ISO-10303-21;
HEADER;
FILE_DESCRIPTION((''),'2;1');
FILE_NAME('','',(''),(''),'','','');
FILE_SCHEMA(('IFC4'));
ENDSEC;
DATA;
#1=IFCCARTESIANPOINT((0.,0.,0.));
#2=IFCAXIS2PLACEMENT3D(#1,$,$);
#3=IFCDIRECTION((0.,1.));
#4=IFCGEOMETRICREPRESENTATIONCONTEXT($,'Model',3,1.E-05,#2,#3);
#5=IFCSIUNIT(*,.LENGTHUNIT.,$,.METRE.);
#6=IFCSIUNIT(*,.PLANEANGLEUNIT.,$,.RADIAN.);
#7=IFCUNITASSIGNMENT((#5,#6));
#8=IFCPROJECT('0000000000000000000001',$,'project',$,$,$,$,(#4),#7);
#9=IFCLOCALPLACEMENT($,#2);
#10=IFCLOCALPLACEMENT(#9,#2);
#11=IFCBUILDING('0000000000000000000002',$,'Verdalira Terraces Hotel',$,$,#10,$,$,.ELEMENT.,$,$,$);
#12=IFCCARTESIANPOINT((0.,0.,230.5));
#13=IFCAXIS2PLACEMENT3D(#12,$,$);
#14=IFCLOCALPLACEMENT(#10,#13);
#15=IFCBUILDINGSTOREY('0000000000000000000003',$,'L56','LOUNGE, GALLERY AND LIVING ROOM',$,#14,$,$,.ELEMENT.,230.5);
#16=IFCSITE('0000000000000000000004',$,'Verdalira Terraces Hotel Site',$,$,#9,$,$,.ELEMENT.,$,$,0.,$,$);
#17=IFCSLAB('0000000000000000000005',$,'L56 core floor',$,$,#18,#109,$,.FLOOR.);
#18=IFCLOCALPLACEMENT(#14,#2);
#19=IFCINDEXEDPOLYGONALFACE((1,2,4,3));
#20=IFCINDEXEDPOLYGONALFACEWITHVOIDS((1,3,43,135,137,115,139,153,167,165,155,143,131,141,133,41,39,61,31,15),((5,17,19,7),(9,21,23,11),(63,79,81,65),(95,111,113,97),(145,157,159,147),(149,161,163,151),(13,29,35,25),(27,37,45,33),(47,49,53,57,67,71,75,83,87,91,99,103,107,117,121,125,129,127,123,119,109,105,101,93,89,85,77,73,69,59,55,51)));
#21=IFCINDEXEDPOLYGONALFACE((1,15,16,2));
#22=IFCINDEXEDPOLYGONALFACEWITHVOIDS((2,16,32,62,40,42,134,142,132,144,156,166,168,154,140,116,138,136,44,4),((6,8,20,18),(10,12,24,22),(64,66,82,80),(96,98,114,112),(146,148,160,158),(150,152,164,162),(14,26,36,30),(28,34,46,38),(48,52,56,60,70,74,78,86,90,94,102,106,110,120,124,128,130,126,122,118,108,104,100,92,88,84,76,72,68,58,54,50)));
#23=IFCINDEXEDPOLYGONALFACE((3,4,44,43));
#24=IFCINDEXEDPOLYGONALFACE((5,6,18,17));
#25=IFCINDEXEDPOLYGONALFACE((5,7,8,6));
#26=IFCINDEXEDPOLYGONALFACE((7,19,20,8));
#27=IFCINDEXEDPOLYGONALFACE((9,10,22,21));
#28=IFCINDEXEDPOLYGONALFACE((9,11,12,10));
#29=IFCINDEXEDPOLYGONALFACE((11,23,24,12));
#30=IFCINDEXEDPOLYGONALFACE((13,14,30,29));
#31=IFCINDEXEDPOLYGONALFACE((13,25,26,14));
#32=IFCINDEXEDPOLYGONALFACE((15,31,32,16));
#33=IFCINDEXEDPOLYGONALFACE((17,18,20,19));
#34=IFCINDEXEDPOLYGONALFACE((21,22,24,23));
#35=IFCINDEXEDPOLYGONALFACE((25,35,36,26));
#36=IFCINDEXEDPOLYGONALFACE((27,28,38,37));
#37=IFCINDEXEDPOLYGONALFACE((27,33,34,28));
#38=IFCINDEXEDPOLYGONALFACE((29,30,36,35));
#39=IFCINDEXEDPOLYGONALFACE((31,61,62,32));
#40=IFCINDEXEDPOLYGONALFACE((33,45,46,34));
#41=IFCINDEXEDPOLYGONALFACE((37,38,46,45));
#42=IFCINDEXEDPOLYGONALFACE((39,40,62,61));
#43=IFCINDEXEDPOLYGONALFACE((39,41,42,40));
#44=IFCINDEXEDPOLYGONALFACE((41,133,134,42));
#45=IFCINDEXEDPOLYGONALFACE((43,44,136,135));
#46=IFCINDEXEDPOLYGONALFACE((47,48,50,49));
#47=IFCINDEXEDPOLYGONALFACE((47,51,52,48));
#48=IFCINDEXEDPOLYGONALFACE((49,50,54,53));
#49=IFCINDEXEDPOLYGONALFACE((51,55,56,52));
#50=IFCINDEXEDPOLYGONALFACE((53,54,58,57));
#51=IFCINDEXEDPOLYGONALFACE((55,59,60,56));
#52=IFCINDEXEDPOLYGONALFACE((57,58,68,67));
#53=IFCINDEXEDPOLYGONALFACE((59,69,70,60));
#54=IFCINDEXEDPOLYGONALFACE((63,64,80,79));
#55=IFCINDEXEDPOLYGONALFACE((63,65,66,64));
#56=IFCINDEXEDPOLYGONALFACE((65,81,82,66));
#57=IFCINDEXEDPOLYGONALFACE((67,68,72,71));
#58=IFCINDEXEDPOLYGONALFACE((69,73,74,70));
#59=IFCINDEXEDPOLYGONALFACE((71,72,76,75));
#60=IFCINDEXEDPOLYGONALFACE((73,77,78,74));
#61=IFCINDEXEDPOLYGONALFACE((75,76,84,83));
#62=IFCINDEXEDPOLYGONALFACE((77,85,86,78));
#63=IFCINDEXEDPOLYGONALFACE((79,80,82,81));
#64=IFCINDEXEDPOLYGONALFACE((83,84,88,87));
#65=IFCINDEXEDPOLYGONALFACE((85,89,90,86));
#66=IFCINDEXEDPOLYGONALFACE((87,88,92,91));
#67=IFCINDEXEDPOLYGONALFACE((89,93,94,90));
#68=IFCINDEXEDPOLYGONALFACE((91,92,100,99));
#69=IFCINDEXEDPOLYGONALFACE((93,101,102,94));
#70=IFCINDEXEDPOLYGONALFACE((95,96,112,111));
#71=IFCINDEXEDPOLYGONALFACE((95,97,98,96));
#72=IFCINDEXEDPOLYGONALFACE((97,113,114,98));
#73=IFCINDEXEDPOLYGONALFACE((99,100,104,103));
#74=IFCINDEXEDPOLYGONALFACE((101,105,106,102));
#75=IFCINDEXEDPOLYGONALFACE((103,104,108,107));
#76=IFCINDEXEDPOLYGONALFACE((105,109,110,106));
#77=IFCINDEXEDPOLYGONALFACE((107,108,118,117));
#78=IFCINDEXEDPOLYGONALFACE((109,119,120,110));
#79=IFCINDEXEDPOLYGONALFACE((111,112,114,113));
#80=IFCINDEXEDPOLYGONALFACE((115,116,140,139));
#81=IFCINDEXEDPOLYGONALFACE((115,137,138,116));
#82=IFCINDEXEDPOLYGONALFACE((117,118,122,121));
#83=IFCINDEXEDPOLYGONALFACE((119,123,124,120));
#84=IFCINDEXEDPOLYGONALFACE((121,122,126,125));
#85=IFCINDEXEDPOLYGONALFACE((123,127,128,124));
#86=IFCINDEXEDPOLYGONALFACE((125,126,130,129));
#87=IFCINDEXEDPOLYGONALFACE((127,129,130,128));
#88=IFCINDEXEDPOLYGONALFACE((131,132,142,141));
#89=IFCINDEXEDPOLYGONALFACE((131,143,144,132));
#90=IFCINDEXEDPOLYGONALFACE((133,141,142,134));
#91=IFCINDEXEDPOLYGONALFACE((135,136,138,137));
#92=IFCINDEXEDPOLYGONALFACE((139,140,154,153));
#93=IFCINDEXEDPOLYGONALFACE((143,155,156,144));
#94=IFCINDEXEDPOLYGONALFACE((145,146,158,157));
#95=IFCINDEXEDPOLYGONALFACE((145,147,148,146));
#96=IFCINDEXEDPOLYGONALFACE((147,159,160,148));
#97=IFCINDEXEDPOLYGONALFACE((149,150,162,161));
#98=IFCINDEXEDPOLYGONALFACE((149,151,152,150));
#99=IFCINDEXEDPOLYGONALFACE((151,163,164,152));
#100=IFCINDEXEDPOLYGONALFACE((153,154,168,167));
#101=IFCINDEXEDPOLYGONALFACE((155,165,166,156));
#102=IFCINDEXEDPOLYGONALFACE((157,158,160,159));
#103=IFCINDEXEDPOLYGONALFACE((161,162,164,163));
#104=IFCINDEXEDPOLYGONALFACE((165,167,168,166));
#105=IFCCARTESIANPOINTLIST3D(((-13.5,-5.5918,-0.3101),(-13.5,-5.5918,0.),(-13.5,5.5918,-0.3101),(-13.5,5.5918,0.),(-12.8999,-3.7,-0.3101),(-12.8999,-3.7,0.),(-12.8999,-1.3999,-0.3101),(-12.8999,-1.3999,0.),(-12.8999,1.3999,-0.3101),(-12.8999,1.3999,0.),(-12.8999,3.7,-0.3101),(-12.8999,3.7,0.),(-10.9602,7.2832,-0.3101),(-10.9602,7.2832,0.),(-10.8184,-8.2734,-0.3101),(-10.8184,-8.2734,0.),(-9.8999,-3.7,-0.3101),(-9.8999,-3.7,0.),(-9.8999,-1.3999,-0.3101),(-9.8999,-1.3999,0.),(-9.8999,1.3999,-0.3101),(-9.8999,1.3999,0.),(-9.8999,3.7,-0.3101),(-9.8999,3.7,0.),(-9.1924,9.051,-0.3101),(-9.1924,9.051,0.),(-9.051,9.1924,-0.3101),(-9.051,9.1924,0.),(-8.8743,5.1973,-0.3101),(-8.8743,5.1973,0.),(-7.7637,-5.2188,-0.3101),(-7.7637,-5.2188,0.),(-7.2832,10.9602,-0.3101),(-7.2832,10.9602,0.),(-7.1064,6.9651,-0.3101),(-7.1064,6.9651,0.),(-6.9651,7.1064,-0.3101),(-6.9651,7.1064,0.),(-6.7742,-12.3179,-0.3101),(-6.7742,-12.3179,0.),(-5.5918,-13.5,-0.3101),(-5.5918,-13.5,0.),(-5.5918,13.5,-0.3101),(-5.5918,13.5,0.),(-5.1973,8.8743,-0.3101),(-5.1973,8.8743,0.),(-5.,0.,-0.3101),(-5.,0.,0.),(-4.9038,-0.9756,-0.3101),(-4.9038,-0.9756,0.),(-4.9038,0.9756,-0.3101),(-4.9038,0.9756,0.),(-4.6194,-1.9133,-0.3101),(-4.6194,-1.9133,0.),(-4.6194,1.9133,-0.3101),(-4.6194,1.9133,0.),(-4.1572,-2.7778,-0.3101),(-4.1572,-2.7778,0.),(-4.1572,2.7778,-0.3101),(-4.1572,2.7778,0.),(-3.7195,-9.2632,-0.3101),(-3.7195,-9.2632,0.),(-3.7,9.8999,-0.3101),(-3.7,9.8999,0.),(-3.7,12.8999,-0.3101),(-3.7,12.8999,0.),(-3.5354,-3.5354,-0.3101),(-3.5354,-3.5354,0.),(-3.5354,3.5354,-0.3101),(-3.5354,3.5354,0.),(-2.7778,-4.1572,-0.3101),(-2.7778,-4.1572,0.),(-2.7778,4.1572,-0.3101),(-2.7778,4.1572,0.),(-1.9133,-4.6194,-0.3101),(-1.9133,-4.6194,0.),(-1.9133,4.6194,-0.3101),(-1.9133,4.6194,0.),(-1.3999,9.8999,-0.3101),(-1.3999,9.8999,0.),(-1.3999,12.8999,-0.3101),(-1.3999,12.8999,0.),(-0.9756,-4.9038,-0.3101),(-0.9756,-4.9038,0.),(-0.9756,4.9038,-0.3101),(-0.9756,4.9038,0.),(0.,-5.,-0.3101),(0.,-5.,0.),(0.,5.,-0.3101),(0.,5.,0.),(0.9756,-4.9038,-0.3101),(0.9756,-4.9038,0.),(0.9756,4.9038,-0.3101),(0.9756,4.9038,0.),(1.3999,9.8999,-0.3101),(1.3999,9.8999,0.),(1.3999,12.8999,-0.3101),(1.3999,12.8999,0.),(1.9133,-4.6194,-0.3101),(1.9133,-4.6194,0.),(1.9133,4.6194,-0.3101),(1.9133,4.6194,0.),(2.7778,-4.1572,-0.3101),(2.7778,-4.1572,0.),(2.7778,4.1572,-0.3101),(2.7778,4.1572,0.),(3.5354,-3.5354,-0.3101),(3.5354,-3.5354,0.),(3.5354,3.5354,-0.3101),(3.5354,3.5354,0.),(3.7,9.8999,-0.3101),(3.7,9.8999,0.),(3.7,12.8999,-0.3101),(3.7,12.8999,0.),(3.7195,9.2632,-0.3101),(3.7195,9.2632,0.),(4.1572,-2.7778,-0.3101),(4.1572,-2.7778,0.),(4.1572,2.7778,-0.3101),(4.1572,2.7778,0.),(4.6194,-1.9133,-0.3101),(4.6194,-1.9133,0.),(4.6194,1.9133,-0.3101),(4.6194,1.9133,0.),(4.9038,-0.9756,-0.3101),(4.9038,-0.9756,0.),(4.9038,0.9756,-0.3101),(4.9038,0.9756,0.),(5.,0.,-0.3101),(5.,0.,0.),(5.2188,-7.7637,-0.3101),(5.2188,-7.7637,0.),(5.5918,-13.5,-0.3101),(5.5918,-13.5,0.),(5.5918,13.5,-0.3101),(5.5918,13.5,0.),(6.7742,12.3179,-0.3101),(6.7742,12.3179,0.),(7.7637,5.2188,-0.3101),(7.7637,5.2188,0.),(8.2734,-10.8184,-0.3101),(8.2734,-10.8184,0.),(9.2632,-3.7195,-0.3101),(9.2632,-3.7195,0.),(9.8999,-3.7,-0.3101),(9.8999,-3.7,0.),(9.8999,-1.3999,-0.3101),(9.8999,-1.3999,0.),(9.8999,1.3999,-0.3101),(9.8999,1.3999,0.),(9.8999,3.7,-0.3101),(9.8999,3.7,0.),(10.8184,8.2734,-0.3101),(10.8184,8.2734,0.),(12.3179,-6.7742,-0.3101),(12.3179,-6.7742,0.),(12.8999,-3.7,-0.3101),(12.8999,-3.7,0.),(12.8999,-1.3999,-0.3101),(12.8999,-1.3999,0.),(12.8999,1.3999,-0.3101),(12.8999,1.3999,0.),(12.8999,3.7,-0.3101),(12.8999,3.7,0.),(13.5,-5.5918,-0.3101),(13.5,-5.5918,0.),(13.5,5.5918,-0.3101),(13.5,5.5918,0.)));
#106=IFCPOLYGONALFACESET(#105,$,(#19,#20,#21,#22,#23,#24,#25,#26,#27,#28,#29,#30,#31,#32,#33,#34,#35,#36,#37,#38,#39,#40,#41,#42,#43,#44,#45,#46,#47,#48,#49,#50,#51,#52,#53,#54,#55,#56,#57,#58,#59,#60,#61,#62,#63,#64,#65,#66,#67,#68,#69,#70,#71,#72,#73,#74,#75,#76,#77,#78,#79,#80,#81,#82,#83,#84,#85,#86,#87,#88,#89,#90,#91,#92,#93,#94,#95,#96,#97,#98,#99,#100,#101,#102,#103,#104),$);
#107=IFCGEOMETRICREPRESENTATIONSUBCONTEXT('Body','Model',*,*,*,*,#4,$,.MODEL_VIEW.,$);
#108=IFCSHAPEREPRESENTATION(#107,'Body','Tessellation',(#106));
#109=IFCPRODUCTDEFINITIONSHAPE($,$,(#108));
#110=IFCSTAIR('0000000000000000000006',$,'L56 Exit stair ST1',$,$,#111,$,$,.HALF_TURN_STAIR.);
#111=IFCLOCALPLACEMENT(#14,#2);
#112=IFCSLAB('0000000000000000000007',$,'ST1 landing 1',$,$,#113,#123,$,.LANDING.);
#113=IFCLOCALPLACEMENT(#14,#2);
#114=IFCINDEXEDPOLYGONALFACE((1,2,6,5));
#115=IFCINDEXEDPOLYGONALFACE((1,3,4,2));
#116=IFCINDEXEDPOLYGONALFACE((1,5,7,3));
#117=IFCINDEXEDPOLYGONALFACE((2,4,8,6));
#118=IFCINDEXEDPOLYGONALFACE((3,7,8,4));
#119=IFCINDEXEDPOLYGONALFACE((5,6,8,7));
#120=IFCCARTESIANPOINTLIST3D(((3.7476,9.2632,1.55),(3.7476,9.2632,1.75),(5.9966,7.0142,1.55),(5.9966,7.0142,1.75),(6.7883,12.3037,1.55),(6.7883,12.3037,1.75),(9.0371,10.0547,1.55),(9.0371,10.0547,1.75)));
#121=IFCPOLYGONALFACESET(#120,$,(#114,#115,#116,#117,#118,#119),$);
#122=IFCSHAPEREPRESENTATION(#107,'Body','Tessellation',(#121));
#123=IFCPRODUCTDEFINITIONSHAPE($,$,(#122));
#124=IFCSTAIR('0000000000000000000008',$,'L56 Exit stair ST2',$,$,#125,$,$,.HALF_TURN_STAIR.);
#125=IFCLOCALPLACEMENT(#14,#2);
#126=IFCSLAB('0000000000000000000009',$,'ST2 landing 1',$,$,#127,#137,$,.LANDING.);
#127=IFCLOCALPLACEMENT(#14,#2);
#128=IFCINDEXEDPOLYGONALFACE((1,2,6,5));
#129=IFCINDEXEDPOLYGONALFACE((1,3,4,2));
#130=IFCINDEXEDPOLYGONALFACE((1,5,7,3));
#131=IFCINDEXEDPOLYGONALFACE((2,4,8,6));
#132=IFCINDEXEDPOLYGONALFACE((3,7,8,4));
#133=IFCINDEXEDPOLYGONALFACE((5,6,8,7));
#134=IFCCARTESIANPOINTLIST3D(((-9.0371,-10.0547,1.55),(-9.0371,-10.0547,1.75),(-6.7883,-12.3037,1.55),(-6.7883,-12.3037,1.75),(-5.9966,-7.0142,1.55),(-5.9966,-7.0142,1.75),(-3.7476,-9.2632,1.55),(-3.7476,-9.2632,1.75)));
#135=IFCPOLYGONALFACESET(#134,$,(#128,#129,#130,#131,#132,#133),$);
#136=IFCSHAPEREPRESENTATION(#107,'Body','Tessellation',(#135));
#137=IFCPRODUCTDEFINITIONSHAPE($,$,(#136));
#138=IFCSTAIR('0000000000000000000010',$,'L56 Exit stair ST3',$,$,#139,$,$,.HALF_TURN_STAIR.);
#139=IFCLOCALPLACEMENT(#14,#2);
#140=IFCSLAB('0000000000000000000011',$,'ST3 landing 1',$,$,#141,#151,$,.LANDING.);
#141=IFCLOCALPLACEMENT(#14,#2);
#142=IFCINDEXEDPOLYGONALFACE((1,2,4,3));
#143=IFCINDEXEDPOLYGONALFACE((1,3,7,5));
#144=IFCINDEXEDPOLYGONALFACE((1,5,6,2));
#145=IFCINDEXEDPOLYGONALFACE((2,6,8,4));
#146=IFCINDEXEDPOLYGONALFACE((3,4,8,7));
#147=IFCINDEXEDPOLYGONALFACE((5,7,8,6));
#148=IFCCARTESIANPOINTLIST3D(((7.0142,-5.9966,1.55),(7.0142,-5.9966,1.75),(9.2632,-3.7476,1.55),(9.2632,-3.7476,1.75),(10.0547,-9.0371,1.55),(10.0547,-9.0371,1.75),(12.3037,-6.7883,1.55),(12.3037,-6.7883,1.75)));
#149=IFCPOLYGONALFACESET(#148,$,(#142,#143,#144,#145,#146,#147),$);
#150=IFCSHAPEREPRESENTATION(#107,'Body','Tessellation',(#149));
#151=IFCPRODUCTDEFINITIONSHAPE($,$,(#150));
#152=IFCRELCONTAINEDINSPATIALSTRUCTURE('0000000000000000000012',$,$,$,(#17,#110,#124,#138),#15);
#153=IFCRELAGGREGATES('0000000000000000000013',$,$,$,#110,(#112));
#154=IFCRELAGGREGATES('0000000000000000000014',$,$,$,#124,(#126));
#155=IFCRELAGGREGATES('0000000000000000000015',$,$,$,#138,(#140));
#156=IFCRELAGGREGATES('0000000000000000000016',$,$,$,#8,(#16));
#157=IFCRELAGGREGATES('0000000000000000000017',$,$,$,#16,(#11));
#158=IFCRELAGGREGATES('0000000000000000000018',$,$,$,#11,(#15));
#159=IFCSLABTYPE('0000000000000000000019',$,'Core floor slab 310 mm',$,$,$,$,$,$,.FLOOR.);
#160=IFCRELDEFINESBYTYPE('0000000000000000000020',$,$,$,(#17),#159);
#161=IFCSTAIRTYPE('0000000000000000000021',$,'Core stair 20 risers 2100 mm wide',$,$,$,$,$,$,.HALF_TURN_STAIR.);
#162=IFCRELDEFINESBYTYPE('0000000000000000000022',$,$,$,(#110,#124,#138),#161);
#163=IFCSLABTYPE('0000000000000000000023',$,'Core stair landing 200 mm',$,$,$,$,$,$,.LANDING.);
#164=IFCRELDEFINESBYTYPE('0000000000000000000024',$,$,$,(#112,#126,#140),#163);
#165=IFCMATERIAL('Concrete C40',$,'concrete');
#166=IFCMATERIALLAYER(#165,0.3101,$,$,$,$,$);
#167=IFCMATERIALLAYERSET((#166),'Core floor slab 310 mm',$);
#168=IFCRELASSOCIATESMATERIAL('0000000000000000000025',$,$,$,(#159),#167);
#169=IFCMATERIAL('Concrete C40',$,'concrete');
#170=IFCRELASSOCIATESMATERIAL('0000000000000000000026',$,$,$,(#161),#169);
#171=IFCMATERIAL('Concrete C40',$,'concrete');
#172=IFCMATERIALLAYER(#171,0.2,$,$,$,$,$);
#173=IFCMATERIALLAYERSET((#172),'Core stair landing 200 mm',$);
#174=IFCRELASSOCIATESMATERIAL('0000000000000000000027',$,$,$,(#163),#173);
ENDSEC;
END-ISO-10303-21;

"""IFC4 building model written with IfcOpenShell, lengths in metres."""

from ifc_helpers import new_model, si_unit, direction, frame, origin, place, context, subcontext, project, spatial, polyline, outline, extrude, material, layer, layer_set, type_object, element, aggregate, save


model = new_model("IFC4")

# Units and contexts
model_context = context("Model", 3, precision=1e-05, world=origin(), true_north=direction((0.0, 1.0)))
body_context = subcontext(model_context, "Body", "Model", "MODEL_VIEW")
ifc_project = project(units=[si_unit("LENGTHUNIT", "METRE"), si_unit("PLANEANGLEUNIT", "RADIAN")], contexts=[model_context])

# Site, building, storey
site_placement = place(None, origin())
site = spatial("IfcSite", under=ifc_project, at=site_placement, Name="Verdalira Terraces Hotel Site", CompositionType="ELEMENT", RefElevation=0.0)
building_placement = place(site_placement, origin())
building = spatial("IfcBuilding", under=site, at=building_placement, Name="Verdalira Terraces Hotel", CompositionType="ELEMENT")
storey_placement = place(building_placement, frame((0.0, 0.0, 230.5)))
storey = spatial("IfcBuildingStorey", under=building, at=storey_placement, Name="L56", Description="LOUNGE, GALLERY AND LIVING ROOM", CompositionType="ELEMENT", Elevation=230.5)

# Slab
ifc_material_1 = material(Name="Concrete C40", Category="concrete")
ifc_layer_1 = layer(ifc_material_1, 0.3101)
ifc_layer_set_1 = layer_set([ifc_layer_1], Name="Core floor slab 310 mm")
slab_type_1 = type_object("IfcSlabType", Name="Core floor slab 310 mm", PredefinedType="FLOOR", material=ifc_layer_set_1)
slab_1_placement = place(storey_placement, frame((0.0, 0.0, -0.3101)))
element("IfcSlab", 1, at=slab_1_placement, inside=storey, type_object=slab_type_1, Name="L56 core floor", PredefinedType="FLOOR", context=body_context, shape_type="SweptSolid", body=[
    extrude(outline(polyline([(-6.7742, -12.3179), (-3.7195, -9.2632), (-7.7637, -5.2188), (-10.8184, -8.2734), (-13.5, -5.5918), (-13.5, 5.5918), (-5.5918, 13.5), (5.5918, 13.5), (6.7742, 12.3179), (3.7195, 9.2632), (7.7637, 5.2188), (10.8184, 8.2734), (13.5, 5.5918), (13.5, -5.5918), (12.3179, -6.7742), (9.2632, -3.7195), (5.2188, -7.7637), (8.2734, -10.8184), (5.5918, -13.5), (-5.5918, -13.5), (-6.7742, -12.3179)]), holes=[polyline([(9.8999, -1.3999), (9.8999, -3.7), (12.8999, -3.7), (12.8999, -1.3999), (9.8999, -1.3999)]), polyline([(9.8999, 3.7), (9.8999, 1.3999), (12.8999, 1.3999), (12.8999, 3.7), (9.8999, 3.7)]), polyline([(3.7, 12.8999), (1.3999, 12.8999), (1.3999, 9.8999), (3.7, 9.8999), (3.7, 12.8999)]), polyline([(-1.3999, 12.8999), (-3.7, 12.8999), (-3.7, 9.8999), (-1.3999, 9.8999), (-1.3999, 12.8999)]), polyline([(-9.8999, 1.3999), (-9.8999, 3.7), (-12.8999, 3.7), (-12.8999, 1.3999), (-9.8999, 1.3999)]), polyline([(-9.8999, -3.7), (-9.8999, -1.3999), (-12.8999, -1.3999), (-12.8999, -3.7), (-9.8999, -3.7)]), polyline([(-9.051, 9.1924), (-6.9651, 7.1064), (-5.1973, 8.8743), (-7.2832, 10.9602), (-9.051, 9.1924)]), polyline([(-9.1924, 9.051), (-10.9602, 7.2832), (-8.8743, 5.1973), (-7.1064, 6.9651), (-9.1924, 9.051)]), polyline([(3.5354, 3.5354), (2.7778, 4.1572), (1.9133, 4.6194), (0.9756, 4.9038), (0.0, 5.0), (-0.9756, 4.9038), (-1.9133, 4.6194), (-2.7778, 4.1572), (-3.5354, 3.5354), (-4.1572, 2.7778), (-4.6194, 1.9133), (-4.9038, 0.9756), (-5.0, 0.0), (-4.9038, -0.9756), (-4.6194, -1.9133), (-4.1572, -2.7778), (-3.5354, -3.5354), (-2.7778, -4.1572), (-1.9133, -4.6194), (-0.9756, -4.9038), (0.0, -5.0), (0.9756, -4.9038), (1.9133, -4.6194), (2.7778, -4.1572), (3.5354, -3.5354), (4.1572, -2.7778), (4.6194, -1.9133), (4.9038, -0.9756), (5.0, 0.0), (4.9038, 0.9756), (4.6194, 1.9133), (4.1572, 2.7778), (3.5354, 3.5354)])]), origin(), (0.0, 0.0, 1.0), 0.3101),
])

# Stairs, slabs
ifc_material_2 = material(Name="Concrete C40", Category="concrete")
stair_type = type_object("IfcStairType", Name="Core stair 20 risers 2100 mm wide", PredefinedType="HALF_TURN_STAIR", material=ifc_material_2)
stair_1_placement = place(storey_placement, origin())
stair_1 = element("IfcStair", 2, at=stair_1_placement, inside=storey, type_object=stair_type, Name="L56 Exit stair ST1", PredefinedType="HALF_TURN_STAIR")
ifc_material_3 = material(Name="Concrete C40", Category="concrete")
ifc_layer_2 = layer(ifc_material_3, 0.2)
ifc_layer_set_2 = layer_set([ifc_layer_2], Name="Core stair landing 200 mm")
slab_type_2 = type_object("IfcSlabType", Name="Core stair landing 200 mm", PredefinedType="LANDING", material=ifc_layer_set_2)
slab_2_placement = place(storey_placement, frame((0.0, 0.0, 1.55)))
slab_2 = element("IfcSlab", 3, at=slab_2_placement, type_object=slab_type_2, Name="ST1 landing 1", PredefinedType="LANDING", context=body_context, shape_type="SweptSolid", body=[
    extrude(outline(polyline([(9.0371, 10.0547), (6.7883, 12.3037), (3.7476, 9.2632), (5.9966, 7.0142), (9.0371, 10.0547)])), origin(), (0.0, 0.0, 1.0), 0.2),
])
aggregate(stair_1, [slab_2])
stair_2_placement = place(storey_placement, origin())
stair_2 = element("IfcStair", 4, at=stair_2_placement, inside=storey, type_object=stair_type, Name="L56 Exit stair ST2", PredefinedType="HALF_TURN_STAIR")
slab_3_placement = place(storey_placement, frame((0.0, 0.0, 1.55)))
slab_3 = element("IfcSlab", 5, at=slab_3_placement, type_object=slab_type_2, Name="ST2 landing 1", PredefinedType="LANDING", context=body_context, shape_type="SweptSolid", body=[
    extrude(outline(polyline([(-9.0371, -10.0547), (-6.7883, -12.3037), (-3.7476, -9.2632), (-5.9966, -7.0142), (-9.0371, -10.0547)])), origin(), (0.0, 0.0, 1.0), 0.2),
])
aggregate(stair_2, [slab_3])
stair_3_placement = place(storey_placement, origin())
stair_3 = element("IfcStair", 6, at=stair_3_placement, inside=storey, type_object=stair_type, Name="L56 Exit stair ST3", PredefinedType="HALF_TURN_STAIR")
slab_4_placement = place(storey_placement, frame((0.0, 0.0, 1.55)))
slab_4 = element("IfcSlab", 7, at=slab_4_placement, type_object=slab_type_2, Name="ST3 landing 1", PredefinedType="LANDING", context=body_context, shape_type="SweptSolid", body=[
    extrude(outline(polyline([(10.0547, -9.0371), (12.3037, -6.7883), (9.2632, -3.7476), (7.0142, -5.9966), (10.0547, -9.0371)])), origin(), (0.0, 0.0, 1.0), 0.2),
])
aggregate(stair_3, [slab_4])

save(model, "model.ifc")
